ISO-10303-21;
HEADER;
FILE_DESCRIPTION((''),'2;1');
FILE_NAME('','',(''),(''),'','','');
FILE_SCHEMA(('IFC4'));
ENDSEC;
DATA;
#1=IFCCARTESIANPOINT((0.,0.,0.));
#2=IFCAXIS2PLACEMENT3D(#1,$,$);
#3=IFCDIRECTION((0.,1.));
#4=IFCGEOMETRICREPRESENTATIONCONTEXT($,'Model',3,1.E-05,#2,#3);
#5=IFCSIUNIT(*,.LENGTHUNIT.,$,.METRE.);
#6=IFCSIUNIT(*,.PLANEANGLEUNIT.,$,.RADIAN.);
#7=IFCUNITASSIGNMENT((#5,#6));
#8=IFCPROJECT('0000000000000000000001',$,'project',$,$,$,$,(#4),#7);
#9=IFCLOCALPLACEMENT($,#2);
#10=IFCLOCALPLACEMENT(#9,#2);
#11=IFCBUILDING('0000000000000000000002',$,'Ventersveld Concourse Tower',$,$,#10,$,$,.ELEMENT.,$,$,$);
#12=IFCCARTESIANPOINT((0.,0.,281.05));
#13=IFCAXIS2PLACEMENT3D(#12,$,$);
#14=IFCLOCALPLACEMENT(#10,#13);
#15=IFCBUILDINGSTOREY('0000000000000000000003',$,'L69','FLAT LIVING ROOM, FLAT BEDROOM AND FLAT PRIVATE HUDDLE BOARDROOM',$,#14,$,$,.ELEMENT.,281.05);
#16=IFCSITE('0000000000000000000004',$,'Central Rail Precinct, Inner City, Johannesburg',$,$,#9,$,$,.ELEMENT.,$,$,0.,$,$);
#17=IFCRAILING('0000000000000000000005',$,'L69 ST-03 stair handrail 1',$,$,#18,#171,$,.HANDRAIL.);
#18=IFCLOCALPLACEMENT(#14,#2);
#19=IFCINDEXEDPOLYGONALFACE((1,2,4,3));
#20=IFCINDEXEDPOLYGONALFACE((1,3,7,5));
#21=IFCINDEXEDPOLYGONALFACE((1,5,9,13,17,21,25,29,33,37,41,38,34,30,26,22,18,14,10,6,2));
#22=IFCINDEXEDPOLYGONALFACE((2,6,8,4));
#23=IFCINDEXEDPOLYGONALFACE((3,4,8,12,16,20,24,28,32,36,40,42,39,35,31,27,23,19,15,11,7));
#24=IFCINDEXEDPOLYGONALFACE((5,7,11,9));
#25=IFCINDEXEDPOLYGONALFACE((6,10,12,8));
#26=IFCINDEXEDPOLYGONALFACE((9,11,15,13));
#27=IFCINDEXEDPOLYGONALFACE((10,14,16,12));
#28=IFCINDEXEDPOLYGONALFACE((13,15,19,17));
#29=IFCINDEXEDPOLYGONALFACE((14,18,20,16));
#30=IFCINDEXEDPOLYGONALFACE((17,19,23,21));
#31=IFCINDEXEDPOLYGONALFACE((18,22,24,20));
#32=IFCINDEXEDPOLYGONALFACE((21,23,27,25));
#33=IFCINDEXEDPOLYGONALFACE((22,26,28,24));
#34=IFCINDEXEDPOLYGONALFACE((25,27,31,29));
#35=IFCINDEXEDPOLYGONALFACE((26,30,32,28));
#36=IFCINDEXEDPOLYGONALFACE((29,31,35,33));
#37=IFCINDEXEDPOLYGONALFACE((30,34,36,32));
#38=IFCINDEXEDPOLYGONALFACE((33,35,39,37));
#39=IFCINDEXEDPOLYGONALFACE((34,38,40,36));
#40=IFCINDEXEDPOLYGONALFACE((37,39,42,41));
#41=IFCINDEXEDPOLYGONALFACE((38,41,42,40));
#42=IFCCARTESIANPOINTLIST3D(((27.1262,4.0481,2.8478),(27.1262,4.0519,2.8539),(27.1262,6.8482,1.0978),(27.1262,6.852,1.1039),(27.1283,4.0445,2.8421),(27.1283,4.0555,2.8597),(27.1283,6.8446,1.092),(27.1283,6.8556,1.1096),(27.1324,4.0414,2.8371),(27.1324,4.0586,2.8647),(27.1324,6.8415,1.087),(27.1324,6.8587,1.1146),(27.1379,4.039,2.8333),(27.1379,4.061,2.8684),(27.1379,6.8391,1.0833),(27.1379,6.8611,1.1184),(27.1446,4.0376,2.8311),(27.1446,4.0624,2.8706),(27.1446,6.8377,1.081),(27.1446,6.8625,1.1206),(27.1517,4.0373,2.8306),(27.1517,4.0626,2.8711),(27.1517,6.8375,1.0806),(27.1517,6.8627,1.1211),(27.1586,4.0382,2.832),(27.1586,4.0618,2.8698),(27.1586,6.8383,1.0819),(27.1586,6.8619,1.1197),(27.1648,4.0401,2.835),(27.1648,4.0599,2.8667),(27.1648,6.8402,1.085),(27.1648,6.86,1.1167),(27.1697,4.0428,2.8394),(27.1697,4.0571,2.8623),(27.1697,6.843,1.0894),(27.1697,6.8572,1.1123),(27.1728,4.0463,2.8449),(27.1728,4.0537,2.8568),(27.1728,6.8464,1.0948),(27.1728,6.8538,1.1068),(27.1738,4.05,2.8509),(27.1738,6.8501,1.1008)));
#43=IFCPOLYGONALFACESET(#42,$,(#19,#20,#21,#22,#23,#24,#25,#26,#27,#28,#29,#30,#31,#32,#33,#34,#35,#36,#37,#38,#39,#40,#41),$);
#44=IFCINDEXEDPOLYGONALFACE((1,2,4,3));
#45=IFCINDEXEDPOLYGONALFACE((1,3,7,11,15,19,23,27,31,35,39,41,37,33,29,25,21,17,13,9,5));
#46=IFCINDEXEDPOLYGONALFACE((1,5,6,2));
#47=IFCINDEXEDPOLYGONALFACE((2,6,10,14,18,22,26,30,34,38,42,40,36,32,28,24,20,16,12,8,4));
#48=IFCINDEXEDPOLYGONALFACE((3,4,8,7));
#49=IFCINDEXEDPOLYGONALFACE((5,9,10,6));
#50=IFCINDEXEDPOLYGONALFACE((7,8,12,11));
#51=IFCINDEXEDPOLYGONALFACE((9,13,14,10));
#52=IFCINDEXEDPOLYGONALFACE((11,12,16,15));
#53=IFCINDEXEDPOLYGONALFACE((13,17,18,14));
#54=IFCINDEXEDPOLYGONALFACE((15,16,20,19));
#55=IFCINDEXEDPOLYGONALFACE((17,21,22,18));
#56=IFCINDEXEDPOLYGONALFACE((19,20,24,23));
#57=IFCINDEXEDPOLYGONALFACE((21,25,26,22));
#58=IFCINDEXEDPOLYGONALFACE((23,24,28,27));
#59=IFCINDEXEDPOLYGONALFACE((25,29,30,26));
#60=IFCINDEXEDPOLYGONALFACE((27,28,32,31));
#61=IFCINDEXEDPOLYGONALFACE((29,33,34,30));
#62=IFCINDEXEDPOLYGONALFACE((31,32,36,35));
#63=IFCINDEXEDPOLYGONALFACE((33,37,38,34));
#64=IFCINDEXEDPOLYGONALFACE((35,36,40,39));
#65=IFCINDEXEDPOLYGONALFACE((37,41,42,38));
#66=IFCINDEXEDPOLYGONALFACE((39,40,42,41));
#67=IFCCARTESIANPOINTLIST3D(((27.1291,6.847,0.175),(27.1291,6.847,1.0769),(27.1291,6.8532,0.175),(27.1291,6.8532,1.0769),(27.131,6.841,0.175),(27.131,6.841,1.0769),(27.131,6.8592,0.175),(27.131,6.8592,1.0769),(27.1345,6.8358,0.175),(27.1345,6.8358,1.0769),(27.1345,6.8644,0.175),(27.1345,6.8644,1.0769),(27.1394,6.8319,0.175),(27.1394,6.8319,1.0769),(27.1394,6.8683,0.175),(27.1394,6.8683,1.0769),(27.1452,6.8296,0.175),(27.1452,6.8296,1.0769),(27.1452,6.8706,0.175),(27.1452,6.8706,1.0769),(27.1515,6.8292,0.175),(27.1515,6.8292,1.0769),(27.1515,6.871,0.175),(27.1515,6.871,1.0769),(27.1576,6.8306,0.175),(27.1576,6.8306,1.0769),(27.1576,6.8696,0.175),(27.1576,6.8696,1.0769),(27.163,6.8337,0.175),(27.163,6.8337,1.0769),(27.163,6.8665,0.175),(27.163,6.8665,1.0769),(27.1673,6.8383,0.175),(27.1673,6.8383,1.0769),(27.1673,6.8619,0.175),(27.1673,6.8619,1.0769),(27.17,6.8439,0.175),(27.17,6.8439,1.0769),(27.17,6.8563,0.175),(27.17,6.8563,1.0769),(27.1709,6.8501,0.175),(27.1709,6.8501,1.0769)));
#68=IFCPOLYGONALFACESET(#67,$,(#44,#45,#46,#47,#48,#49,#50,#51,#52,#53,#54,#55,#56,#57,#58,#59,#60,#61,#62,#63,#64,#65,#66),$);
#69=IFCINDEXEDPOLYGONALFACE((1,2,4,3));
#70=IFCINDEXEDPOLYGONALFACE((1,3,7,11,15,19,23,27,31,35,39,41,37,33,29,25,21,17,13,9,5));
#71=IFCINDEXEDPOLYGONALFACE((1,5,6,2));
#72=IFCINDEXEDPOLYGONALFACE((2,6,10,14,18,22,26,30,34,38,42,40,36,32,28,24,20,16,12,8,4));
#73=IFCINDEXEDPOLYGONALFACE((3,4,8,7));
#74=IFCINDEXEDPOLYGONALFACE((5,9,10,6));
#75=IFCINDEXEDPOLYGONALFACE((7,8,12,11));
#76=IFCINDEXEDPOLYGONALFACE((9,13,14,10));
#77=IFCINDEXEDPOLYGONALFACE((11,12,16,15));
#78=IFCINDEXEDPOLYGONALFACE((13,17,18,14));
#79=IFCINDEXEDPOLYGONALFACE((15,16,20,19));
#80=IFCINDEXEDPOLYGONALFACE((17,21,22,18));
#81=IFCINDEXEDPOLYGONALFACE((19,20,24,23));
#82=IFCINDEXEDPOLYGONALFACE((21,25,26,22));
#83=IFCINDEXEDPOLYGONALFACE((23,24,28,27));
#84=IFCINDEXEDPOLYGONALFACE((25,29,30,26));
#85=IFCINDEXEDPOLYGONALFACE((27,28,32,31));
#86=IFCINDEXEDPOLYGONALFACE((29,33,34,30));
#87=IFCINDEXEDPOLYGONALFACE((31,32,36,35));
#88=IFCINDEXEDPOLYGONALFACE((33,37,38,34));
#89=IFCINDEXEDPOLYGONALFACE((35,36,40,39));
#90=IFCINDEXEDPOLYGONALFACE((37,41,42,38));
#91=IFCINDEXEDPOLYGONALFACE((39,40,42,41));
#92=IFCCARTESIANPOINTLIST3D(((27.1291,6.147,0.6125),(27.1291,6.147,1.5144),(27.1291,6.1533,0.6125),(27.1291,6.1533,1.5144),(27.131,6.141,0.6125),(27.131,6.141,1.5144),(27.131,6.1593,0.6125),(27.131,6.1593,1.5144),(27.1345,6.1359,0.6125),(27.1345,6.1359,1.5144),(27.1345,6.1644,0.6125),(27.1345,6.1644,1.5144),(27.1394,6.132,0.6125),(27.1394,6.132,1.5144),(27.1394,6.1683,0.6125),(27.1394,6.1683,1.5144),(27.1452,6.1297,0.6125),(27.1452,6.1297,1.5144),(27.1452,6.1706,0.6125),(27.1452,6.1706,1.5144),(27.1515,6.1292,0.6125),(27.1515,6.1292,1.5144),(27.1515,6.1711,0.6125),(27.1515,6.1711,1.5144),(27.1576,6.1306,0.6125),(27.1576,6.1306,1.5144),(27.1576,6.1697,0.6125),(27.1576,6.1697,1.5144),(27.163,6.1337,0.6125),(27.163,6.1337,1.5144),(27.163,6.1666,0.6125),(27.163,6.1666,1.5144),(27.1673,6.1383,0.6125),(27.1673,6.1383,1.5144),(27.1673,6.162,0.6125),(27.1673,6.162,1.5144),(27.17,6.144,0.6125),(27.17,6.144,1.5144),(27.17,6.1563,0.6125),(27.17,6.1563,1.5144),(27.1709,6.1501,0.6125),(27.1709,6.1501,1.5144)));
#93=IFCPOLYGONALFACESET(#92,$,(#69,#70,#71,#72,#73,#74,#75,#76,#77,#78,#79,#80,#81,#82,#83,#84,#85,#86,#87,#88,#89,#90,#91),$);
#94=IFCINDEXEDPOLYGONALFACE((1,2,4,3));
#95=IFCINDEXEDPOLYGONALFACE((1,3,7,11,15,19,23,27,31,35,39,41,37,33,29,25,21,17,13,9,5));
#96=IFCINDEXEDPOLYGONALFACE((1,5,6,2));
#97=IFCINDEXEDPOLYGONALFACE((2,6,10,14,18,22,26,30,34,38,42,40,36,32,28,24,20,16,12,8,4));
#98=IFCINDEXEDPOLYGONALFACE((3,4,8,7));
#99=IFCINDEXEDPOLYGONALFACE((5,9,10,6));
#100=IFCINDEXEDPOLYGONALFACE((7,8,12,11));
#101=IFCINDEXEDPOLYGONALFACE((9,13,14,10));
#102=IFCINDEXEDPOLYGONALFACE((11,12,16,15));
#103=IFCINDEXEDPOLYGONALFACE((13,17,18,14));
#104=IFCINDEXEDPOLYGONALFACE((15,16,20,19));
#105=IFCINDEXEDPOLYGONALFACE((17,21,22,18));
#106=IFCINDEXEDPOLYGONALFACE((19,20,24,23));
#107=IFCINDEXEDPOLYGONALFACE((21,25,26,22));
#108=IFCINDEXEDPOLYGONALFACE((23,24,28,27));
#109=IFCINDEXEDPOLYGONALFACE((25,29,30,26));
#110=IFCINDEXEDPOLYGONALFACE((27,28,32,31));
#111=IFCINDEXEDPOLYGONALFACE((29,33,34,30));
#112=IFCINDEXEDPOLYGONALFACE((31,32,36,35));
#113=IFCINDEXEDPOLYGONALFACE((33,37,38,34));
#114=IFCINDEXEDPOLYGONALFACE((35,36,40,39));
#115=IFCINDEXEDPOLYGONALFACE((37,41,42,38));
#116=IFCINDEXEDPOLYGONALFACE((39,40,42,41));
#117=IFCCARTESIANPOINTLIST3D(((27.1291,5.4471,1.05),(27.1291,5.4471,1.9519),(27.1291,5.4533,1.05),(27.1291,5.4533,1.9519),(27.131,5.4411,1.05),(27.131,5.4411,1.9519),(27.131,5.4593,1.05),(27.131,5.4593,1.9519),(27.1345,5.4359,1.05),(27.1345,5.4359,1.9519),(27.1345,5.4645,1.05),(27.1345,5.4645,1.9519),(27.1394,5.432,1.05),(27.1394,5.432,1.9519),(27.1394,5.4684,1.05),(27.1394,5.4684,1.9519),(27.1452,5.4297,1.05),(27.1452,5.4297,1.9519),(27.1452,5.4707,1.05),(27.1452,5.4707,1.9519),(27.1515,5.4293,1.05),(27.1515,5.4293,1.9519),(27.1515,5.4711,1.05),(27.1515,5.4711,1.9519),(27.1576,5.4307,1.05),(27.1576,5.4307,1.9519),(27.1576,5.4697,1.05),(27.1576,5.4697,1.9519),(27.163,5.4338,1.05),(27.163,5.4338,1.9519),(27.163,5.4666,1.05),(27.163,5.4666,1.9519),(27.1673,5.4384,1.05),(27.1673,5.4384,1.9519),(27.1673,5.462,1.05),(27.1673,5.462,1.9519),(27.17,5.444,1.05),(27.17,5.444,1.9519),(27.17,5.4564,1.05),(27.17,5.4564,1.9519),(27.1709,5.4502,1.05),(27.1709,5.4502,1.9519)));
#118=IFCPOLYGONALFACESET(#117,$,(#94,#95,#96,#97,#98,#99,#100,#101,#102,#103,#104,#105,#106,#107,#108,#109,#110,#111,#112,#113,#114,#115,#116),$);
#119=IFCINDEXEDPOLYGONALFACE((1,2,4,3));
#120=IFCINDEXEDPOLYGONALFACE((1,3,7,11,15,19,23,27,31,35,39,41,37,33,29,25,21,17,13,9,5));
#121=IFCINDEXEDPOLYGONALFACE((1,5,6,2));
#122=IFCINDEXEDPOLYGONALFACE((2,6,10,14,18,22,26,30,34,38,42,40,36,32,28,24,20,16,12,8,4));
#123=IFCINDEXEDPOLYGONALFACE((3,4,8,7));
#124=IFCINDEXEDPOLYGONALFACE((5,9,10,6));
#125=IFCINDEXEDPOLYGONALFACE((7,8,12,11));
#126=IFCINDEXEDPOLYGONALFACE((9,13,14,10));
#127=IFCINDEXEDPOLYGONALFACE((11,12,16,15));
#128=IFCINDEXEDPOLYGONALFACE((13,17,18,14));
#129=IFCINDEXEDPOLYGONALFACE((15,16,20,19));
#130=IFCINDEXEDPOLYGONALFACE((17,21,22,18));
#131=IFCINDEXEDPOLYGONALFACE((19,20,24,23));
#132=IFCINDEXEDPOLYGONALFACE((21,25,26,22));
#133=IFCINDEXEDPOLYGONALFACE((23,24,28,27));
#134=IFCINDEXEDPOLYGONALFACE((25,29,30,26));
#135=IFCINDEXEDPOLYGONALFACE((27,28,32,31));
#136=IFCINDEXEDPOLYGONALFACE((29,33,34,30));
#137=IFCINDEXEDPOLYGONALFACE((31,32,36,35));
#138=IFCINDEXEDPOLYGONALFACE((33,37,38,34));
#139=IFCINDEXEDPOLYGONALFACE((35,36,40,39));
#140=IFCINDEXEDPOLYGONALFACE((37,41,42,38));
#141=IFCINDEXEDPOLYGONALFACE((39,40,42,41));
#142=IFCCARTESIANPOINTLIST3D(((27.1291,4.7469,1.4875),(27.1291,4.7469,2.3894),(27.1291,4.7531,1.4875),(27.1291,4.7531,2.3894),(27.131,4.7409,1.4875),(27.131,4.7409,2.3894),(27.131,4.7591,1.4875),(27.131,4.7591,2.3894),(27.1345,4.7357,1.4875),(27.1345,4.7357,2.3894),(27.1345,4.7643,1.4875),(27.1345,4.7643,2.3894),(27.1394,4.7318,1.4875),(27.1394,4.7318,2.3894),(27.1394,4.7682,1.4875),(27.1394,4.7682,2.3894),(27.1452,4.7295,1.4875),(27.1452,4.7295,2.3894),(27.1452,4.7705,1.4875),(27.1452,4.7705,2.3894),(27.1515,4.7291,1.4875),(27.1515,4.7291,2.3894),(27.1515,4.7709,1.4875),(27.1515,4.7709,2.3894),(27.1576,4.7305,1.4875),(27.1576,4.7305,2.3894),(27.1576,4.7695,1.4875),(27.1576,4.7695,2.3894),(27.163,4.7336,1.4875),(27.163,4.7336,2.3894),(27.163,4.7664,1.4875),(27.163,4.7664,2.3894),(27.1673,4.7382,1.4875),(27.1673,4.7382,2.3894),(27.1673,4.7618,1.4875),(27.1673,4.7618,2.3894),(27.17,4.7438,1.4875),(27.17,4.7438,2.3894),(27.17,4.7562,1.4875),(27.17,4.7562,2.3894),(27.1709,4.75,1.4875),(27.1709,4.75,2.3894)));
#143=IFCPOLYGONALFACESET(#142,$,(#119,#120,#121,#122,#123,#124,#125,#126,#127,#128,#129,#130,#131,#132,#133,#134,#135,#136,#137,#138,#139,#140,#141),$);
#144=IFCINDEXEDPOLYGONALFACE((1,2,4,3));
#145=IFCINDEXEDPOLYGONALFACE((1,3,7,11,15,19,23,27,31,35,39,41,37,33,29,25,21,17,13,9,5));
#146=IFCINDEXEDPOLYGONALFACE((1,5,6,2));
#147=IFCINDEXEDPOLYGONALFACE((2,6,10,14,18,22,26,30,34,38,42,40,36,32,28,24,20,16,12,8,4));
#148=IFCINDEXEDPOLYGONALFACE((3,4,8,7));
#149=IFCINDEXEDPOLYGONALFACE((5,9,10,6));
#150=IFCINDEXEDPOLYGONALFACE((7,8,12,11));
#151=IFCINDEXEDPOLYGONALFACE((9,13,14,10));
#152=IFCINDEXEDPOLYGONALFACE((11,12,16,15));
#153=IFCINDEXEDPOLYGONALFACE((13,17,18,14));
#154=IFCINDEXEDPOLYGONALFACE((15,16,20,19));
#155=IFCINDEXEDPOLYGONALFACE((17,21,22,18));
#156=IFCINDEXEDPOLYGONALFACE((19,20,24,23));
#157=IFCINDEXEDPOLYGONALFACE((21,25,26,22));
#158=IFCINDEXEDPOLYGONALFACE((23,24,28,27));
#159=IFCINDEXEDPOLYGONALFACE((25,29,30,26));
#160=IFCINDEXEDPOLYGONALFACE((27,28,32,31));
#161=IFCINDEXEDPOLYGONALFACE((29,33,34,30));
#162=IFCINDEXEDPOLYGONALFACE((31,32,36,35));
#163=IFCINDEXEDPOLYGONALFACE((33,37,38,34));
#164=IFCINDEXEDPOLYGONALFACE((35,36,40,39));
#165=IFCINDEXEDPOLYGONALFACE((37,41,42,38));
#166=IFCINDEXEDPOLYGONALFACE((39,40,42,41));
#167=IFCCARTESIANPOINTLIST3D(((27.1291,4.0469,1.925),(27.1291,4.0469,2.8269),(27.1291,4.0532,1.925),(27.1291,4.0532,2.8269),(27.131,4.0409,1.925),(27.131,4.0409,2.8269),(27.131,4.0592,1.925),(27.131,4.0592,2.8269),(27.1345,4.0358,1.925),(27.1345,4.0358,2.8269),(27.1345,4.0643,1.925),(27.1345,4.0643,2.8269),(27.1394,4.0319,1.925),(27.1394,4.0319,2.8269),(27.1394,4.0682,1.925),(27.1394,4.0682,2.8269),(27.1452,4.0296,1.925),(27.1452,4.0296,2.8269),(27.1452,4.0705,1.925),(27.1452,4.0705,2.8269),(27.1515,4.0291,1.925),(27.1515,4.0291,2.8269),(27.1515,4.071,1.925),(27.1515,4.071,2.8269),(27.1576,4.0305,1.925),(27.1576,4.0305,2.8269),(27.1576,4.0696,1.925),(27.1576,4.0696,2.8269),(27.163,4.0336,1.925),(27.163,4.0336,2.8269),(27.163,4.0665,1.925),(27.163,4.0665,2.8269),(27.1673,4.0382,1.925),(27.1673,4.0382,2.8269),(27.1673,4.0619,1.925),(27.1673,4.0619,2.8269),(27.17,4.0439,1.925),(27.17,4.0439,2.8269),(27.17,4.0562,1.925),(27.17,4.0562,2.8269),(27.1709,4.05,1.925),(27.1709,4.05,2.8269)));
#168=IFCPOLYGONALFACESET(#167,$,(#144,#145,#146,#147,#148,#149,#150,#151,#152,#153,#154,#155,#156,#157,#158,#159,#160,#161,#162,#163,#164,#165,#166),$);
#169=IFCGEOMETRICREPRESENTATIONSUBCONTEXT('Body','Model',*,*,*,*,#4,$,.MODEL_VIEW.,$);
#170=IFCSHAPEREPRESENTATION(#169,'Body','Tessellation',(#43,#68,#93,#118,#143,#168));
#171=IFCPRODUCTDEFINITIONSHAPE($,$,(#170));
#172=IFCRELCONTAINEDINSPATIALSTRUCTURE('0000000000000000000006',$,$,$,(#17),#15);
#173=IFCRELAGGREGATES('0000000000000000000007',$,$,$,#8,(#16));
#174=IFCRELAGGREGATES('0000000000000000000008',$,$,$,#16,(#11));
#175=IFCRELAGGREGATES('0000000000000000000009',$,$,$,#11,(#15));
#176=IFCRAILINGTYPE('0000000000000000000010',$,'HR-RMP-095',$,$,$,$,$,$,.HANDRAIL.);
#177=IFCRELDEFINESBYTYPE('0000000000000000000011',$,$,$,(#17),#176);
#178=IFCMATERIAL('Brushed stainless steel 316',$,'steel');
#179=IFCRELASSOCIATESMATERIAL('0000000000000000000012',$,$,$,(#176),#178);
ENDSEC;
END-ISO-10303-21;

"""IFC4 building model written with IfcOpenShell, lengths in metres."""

from ifc_helpers import new_model, si_unit, direction, frame, origin, origin_2d, place, context, subcontext, project, spatial, circle, extrude, material, type_object, element, save


model = new_model("IFC4")

# Units and contexts
model_context = context("Model", 3, precision=1e-05, world=origin(), true_north=direction((0.0, 1.0)))
body_context = subcontext(model_context, "Body", "Model", "MODEL_VIEW")
ifc_project = project(units=[si_unit("LENGTHUNIT", "METRE"), si_unit("PLANEANGLEUNIT", "RADIAN")], contexts=[model_context])

# Site, building, storey
site_placement = place(None, origin())
site = spatial("IfcSite", under=ifc_project, at=site_placement, Name="Central Rail Precinct, Inner City, Johannesburg", CompositionType="ELEMENT", RefElevation=0.0)
building_placement = place(site_placement, origin())
building = spatial("IfcBuilding", under=site, at=building_placement, Name="Ventersveld Concourse Tower", CompositionType="ELEMENT")
storey_placement = place(building_placement, frame((0.0, 0.0, 281.05)))
storey = spatial("IfcBuildingStorey", under=building, at=storey_placement, Name="L69", Description="FLAT LIVING ROOM, FLAT BEDROOM AND FLAT PRIVATE HUDDLE BOARDROOM", CompositionType="ELEMENT", Elevation=281.05)

# Shared definitions
ifc_material_1 = material(Name="Brushed stainless steel 316", Category="steel")

# Railing
railing_type = type_object("IfcRailingType", Name="HR-RMP-095", PredefinedType="HANDRAIL", material=ifc_material_1)
railing_placement = place(storey_placement, frame((27.1499, 6.8501, 0.175)))
element("IfcRailing", 1, at=railing_placement, inside=storey, type_object=railing_type, Name="L69 ST-03 stair handrail 1", PredefinedType="HANDRAIL", context=body_context, shape_type="SweptSolid", body=[
    extrude(circle(Radius=0.0239, at=origin_2d()), frame((0.0, 0.0, 0.9258), z_axis=(0.0, -0.848002, 0.529992), x_axis=(1.0, 0.0, 0.0)), (0.0, 0.0, 1.0), 3.302),
    extrude(circle(Radius=0.021, at=origin_2d()), origin(), (0.0, 0.0, 1.0), 0.9019),
    extrude(circle(Radius=0.021, at=origin_2d()), frame((0.0, -0.7, 0.4375)), (0.0, 0.0, 1.0), 0.9019),
    extrude(circle(Radius=0.021, at=origin_2d()), frame((0.0, -1.3999, 0.875)), (0.0, 0.0, 1.0), 0.9019),
    extrude(circle(Radius=0.021, at=origin_2d()), frame((0.0, -2.1001, 1.3125)), (0.0, 0.0, 1.0), 0.9019),
    extrude(circle(Radius=0.021, at=origin_2d()), frame((0.0, -2.8, 1.75)), (0.0, 0.0, 1.0), 0.9019),
])

save(model, "model.ifc")
